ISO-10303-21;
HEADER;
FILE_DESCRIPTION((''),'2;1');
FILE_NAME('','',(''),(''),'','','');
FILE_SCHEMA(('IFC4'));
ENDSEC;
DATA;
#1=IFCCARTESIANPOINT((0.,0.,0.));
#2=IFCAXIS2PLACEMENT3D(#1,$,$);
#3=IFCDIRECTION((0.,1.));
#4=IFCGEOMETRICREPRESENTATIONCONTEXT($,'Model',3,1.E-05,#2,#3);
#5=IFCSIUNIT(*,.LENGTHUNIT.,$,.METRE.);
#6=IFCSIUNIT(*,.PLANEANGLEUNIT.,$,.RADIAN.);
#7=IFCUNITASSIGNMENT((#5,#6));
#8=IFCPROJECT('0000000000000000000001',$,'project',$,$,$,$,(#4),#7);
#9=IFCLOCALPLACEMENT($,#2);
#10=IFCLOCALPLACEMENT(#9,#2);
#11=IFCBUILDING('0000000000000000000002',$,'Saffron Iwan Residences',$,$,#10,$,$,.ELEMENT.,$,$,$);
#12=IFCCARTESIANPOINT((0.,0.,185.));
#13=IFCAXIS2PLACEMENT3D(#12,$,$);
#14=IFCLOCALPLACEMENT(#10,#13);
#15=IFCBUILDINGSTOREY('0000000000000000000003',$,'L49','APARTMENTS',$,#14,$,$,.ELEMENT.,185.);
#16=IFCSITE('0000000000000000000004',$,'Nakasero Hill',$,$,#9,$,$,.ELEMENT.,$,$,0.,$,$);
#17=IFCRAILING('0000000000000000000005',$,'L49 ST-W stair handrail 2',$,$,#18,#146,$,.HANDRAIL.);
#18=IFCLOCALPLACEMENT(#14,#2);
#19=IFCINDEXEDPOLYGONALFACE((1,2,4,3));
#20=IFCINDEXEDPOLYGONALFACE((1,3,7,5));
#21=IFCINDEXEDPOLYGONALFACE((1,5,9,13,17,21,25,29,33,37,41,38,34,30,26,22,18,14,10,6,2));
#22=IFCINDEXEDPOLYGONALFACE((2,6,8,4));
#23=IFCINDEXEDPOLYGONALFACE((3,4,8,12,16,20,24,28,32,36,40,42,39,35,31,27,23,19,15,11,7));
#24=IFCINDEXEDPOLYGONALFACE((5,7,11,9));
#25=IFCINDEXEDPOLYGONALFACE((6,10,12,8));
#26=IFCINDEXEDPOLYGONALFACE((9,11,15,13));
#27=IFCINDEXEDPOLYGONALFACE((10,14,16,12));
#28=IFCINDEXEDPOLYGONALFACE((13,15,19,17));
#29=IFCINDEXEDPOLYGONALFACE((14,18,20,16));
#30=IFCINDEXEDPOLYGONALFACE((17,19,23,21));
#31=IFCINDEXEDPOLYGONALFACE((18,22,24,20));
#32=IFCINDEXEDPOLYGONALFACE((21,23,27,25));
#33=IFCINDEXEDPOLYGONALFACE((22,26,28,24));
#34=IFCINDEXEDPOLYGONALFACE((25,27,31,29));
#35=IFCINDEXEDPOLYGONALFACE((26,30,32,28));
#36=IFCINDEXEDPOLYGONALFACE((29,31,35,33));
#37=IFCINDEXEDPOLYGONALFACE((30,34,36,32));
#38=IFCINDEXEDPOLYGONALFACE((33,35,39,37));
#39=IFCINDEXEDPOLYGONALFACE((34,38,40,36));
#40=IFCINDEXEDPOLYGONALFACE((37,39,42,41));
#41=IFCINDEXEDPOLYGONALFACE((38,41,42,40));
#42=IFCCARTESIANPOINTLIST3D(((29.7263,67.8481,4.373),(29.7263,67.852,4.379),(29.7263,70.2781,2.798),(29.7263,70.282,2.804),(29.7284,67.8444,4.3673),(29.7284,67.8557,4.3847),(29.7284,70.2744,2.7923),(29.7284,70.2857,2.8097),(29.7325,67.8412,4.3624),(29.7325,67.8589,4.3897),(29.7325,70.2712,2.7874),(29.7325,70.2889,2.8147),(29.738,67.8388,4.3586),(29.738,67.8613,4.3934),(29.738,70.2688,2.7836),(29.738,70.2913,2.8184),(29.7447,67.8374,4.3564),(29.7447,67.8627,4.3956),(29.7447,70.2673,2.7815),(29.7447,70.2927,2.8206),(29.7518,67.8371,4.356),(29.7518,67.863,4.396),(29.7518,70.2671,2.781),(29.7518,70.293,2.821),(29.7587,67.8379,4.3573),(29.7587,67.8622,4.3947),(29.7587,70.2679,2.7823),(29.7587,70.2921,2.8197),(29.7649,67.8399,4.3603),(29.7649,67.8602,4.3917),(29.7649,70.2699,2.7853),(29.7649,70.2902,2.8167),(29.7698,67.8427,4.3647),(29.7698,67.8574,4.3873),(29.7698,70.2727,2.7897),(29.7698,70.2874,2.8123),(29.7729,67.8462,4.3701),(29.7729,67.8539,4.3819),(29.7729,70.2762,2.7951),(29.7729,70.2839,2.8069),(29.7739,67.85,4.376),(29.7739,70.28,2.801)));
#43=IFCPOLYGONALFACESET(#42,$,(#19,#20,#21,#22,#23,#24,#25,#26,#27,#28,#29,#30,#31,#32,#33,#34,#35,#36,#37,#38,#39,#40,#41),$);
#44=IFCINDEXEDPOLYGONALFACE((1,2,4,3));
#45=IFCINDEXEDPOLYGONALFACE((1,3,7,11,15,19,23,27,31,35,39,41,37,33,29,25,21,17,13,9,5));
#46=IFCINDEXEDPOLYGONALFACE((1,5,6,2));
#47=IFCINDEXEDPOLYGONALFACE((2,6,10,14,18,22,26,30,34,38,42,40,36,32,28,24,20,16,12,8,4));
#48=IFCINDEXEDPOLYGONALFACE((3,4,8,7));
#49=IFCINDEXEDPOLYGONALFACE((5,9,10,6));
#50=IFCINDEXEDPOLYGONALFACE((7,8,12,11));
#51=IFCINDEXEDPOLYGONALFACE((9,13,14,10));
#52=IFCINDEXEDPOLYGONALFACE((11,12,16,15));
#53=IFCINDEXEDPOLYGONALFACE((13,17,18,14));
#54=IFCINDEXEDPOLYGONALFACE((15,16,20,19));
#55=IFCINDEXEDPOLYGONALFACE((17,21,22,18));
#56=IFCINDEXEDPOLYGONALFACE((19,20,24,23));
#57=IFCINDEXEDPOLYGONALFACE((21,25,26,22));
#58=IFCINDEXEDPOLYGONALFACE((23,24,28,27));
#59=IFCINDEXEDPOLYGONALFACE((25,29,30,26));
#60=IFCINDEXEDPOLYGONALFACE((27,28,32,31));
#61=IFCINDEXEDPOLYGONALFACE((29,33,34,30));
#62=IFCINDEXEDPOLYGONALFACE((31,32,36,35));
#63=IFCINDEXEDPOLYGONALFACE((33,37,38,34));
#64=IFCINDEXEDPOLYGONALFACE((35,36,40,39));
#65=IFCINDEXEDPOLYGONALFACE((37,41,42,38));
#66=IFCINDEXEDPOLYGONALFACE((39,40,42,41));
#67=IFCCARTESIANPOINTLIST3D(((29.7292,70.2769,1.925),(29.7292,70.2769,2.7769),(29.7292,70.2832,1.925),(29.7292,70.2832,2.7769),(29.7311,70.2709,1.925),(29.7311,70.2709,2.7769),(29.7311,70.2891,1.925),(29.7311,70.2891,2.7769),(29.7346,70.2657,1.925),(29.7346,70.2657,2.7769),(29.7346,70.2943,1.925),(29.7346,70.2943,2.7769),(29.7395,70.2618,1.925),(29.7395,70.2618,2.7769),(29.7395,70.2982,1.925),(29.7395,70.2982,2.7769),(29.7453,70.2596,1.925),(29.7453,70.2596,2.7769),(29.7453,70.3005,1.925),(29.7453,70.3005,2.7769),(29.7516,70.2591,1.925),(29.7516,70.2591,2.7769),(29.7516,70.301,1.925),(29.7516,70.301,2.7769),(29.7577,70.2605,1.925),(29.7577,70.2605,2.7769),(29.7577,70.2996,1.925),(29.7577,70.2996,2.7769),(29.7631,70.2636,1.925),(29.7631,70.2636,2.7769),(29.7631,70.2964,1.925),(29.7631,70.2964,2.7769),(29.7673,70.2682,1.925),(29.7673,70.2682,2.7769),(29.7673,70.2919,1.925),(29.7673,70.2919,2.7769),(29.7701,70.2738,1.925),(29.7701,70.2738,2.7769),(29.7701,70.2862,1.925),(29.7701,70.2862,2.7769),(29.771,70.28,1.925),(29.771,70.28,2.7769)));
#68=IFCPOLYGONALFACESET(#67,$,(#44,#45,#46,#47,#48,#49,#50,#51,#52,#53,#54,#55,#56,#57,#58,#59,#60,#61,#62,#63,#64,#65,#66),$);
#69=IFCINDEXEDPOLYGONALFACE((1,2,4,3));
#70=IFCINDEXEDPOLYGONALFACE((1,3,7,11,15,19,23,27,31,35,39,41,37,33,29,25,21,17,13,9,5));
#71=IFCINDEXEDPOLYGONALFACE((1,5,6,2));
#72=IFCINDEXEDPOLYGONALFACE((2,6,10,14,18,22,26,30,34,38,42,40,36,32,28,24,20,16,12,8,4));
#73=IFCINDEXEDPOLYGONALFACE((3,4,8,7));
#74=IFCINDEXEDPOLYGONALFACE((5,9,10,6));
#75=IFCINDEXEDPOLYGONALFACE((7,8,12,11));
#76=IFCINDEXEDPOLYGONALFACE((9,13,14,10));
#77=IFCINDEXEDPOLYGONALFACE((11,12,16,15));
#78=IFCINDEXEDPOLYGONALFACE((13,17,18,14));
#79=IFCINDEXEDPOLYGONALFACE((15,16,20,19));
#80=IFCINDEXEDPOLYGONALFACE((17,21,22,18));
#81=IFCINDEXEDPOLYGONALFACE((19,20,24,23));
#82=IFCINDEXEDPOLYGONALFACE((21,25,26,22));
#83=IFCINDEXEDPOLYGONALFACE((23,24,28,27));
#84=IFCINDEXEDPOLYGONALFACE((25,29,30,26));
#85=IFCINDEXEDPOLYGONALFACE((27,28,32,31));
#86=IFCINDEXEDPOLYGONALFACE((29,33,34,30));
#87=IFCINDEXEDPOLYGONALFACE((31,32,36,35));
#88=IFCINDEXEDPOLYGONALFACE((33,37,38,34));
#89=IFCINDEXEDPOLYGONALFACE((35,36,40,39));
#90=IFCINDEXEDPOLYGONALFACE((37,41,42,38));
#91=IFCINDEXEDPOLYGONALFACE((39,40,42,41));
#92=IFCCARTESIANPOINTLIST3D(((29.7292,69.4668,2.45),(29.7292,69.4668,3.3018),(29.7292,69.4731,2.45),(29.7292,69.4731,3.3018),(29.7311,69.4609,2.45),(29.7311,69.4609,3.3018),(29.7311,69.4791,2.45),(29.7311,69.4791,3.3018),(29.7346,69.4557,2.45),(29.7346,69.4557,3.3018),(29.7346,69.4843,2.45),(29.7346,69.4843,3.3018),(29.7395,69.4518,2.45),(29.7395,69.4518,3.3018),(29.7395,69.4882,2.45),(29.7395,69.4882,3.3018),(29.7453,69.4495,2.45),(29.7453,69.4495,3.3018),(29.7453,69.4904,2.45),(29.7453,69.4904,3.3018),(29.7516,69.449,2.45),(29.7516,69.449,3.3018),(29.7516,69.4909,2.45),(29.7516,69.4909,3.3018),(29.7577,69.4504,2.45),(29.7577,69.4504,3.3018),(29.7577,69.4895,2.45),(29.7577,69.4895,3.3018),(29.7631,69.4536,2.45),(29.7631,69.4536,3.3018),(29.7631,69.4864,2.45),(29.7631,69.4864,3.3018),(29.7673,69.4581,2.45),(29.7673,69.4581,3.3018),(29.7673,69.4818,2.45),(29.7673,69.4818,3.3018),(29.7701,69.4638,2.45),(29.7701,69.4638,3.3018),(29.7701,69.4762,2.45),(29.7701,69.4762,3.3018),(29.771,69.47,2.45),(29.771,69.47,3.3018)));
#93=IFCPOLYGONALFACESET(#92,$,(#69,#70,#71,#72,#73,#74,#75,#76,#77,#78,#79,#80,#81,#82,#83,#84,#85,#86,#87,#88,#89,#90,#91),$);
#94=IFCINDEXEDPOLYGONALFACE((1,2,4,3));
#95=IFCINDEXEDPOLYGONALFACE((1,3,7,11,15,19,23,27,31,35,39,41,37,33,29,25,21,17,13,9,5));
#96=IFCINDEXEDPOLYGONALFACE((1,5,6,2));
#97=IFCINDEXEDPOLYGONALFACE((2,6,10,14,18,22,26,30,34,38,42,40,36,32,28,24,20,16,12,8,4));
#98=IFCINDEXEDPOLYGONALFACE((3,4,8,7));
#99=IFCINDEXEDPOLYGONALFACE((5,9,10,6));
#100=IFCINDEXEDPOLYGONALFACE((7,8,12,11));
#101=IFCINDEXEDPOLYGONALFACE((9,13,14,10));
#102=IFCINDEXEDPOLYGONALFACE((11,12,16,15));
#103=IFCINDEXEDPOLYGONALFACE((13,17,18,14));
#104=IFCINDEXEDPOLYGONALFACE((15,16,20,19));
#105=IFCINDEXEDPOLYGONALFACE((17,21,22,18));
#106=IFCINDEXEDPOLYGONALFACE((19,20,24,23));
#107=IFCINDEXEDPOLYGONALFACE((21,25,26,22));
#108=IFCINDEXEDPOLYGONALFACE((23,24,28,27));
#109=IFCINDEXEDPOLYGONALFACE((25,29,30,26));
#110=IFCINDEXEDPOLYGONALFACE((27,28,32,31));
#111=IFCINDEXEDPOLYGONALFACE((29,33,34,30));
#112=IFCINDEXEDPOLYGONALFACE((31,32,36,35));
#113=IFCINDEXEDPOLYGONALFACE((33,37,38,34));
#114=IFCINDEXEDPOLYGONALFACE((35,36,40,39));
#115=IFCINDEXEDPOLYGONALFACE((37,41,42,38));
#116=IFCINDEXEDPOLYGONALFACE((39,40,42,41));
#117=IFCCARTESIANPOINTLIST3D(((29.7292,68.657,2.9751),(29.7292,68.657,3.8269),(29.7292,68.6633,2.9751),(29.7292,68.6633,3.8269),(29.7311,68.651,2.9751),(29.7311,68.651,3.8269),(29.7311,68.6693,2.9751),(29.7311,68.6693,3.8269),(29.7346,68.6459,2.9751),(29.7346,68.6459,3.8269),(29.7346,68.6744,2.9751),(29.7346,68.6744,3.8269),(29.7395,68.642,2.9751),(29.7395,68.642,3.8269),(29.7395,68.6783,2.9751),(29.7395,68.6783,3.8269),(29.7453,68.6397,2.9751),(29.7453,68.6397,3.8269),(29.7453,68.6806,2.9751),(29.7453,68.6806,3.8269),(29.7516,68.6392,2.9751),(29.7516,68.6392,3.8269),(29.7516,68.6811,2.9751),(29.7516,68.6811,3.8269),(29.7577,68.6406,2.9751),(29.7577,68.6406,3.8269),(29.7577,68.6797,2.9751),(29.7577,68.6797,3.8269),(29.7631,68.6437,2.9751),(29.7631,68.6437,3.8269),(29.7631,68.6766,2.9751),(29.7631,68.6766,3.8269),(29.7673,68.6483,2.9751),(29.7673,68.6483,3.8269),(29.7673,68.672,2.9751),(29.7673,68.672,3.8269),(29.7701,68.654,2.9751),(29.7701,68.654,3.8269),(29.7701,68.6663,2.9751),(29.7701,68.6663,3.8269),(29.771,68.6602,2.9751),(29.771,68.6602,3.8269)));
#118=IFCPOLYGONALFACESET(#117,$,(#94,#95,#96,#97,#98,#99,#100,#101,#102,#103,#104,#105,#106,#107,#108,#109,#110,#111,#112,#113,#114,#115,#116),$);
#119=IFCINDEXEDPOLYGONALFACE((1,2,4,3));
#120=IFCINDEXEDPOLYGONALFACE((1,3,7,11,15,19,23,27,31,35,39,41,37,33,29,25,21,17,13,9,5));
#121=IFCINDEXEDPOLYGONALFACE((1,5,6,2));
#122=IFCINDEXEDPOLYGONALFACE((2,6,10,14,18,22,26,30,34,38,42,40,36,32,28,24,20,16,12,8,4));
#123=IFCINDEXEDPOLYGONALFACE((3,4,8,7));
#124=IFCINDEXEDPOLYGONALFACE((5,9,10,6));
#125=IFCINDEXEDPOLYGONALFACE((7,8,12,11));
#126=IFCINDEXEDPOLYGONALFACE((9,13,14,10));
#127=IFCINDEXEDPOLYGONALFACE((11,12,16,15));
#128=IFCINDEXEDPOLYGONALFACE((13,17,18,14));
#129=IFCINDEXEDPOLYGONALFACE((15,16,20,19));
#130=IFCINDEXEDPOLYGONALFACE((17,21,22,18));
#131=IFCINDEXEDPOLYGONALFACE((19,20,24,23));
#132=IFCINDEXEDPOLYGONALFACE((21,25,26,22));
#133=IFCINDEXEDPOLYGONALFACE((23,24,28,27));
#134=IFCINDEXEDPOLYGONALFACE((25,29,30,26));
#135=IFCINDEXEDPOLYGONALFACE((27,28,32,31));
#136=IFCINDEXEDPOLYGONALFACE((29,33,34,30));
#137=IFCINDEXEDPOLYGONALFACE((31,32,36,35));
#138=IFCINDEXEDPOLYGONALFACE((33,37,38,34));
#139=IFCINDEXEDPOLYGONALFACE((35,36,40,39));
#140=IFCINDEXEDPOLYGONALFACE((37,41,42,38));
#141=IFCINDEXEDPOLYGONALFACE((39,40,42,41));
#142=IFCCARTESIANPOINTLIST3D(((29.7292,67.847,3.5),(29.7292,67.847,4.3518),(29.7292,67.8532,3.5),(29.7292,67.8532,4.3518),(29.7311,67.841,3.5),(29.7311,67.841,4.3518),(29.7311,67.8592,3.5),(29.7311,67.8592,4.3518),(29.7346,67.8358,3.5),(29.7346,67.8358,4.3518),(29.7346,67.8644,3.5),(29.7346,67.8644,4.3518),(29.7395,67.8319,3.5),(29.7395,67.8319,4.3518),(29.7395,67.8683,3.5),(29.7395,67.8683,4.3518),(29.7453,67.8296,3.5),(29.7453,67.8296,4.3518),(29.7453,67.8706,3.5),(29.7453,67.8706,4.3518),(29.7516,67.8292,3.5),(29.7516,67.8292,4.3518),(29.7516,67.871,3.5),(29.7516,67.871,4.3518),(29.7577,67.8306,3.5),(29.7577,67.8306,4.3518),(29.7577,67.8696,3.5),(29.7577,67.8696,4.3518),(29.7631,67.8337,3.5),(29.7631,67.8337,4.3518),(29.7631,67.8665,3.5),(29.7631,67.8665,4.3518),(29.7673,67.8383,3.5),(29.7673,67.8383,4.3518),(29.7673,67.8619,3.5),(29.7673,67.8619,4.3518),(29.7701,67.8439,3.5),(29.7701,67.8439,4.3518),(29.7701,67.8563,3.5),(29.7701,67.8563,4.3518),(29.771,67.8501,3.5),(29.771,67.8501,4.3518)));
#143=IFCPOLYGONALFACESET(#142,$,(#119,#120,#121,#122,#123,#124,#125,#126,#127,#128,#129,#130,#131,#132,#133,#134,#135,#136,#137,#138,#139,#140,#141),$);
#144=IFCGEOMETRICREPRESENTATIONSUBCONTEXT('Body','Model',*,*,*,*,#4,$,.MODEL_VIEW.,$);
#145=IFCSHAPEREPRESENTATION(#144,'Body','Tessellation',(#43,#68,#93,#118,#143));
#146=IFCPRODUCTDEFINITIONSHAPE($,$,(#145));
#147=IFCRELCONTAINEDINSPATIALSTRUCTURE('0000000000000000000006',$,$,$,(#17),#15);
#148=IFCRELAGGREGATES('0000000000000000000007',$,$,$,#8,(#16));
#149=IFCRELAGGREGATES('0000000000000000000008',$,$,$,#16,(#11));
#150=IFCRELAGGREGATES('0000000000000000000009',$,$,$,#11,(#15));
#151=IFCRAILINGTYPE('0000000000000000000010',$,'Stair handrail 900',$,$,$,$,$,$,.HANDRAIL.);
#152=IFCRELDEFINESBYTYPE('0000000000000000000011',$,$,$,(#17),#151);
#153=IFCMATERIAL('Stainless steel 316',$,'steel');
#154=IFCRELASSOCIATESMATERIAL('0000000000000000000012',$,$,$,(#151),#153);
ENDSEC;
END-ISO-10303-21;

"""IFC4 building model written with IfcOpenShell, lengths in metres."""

from ifc_helpers import new_model, si_unit, direction, frame, origin, origin_2d, place, context, subcontext, project, spatial, circle, extrude, material, type_object, element, save


model = new_model("IFC4")

# Units and contexts
model_context = context("Model", 3, precision=1e-05, world=origin(), true_north=direction((0.0, 1.0)))
body_context = subcontext(model_context, "Body", "Model", "MODEL_VIEW")
ifc_project = project(units=[si_unit("LENGTHUNIT", "METRE"), si_unit("PLANEANGLEUNIT", "RADIAN")], contexts=[model_context])

# Site, building, storey
site_placement = place(None, origin())
site = spatial("IfcSite", under=ifc_project, at=site_placement, Name="Nakasero Hill", CompositionType="ELEMENT", RefElevation=0.0)
building_placement = place(site_placement, origin())
building = spatial("IfcBuilding", under=site, at=building_placement, Name="Saffron Iwan Residences", CompositionType="ELEMENT")
storey_placement = place(building_placement, frame((0.0, 0.0, 185.0)))
storey = spatial("IfcBuildingStorey", under=building, at=storey_placement, Name="L49", Description="APARTMENTS", CompositionType="ELEMENT", Elevation=185.0)

# Railing
ifc_material_1 = material(Name="Stainless steel 316", Category="steel")
railing_type_1 = type_object("IfcRailingType", Name="Stair handrail 900", PredefinedType="HANDRAIL", material=ifc_material_1)
railing_1_placement = place(storey_placement, frame((29.75, 70.28, 1.925)))
element("IfcRailing", 1, at=railing_1_placement, inside=storey, type_object=railing_type_1, Name="L49 ST-W stair handrail 2", PredefinedType="HANDRAIL", context=body_context, shape_type="SweptSolid", body=[
    extrude(circle(Radius=0.0239, at=origin_2d()), frame((0.0, 0.0, 0.876), z_axis=(0.0, -0.839154, 0.543894), x_axis=(1.0, 0.0, 0.0)), (0.0, 0.0, 1.0), 2.8958),
    extrude(circle(Radius=0.021, at=origin_2d()), origin(), (0.0, 0.0, 1.0), 0.8518),
    extrude(circle(Radius=0.021, at=origin_2d()), frame((0.0, -0.8101, 0.5249)), (0.0, 0.0, 1.0), 0.8518),
    extrude(circle(Radius=0.021, at=origin_2d()), frame((0.0, -1.6199, 1.05)), (0.0, 0.0, 1.0), 0.8518),
    extrude(circle(Radius=0.021, at=origin_2d()), frame((0.0, -2.4299, 1.575)), (0.0, 0.0, 1.0), 0.8518),
])

save(model, "model.ifc")
